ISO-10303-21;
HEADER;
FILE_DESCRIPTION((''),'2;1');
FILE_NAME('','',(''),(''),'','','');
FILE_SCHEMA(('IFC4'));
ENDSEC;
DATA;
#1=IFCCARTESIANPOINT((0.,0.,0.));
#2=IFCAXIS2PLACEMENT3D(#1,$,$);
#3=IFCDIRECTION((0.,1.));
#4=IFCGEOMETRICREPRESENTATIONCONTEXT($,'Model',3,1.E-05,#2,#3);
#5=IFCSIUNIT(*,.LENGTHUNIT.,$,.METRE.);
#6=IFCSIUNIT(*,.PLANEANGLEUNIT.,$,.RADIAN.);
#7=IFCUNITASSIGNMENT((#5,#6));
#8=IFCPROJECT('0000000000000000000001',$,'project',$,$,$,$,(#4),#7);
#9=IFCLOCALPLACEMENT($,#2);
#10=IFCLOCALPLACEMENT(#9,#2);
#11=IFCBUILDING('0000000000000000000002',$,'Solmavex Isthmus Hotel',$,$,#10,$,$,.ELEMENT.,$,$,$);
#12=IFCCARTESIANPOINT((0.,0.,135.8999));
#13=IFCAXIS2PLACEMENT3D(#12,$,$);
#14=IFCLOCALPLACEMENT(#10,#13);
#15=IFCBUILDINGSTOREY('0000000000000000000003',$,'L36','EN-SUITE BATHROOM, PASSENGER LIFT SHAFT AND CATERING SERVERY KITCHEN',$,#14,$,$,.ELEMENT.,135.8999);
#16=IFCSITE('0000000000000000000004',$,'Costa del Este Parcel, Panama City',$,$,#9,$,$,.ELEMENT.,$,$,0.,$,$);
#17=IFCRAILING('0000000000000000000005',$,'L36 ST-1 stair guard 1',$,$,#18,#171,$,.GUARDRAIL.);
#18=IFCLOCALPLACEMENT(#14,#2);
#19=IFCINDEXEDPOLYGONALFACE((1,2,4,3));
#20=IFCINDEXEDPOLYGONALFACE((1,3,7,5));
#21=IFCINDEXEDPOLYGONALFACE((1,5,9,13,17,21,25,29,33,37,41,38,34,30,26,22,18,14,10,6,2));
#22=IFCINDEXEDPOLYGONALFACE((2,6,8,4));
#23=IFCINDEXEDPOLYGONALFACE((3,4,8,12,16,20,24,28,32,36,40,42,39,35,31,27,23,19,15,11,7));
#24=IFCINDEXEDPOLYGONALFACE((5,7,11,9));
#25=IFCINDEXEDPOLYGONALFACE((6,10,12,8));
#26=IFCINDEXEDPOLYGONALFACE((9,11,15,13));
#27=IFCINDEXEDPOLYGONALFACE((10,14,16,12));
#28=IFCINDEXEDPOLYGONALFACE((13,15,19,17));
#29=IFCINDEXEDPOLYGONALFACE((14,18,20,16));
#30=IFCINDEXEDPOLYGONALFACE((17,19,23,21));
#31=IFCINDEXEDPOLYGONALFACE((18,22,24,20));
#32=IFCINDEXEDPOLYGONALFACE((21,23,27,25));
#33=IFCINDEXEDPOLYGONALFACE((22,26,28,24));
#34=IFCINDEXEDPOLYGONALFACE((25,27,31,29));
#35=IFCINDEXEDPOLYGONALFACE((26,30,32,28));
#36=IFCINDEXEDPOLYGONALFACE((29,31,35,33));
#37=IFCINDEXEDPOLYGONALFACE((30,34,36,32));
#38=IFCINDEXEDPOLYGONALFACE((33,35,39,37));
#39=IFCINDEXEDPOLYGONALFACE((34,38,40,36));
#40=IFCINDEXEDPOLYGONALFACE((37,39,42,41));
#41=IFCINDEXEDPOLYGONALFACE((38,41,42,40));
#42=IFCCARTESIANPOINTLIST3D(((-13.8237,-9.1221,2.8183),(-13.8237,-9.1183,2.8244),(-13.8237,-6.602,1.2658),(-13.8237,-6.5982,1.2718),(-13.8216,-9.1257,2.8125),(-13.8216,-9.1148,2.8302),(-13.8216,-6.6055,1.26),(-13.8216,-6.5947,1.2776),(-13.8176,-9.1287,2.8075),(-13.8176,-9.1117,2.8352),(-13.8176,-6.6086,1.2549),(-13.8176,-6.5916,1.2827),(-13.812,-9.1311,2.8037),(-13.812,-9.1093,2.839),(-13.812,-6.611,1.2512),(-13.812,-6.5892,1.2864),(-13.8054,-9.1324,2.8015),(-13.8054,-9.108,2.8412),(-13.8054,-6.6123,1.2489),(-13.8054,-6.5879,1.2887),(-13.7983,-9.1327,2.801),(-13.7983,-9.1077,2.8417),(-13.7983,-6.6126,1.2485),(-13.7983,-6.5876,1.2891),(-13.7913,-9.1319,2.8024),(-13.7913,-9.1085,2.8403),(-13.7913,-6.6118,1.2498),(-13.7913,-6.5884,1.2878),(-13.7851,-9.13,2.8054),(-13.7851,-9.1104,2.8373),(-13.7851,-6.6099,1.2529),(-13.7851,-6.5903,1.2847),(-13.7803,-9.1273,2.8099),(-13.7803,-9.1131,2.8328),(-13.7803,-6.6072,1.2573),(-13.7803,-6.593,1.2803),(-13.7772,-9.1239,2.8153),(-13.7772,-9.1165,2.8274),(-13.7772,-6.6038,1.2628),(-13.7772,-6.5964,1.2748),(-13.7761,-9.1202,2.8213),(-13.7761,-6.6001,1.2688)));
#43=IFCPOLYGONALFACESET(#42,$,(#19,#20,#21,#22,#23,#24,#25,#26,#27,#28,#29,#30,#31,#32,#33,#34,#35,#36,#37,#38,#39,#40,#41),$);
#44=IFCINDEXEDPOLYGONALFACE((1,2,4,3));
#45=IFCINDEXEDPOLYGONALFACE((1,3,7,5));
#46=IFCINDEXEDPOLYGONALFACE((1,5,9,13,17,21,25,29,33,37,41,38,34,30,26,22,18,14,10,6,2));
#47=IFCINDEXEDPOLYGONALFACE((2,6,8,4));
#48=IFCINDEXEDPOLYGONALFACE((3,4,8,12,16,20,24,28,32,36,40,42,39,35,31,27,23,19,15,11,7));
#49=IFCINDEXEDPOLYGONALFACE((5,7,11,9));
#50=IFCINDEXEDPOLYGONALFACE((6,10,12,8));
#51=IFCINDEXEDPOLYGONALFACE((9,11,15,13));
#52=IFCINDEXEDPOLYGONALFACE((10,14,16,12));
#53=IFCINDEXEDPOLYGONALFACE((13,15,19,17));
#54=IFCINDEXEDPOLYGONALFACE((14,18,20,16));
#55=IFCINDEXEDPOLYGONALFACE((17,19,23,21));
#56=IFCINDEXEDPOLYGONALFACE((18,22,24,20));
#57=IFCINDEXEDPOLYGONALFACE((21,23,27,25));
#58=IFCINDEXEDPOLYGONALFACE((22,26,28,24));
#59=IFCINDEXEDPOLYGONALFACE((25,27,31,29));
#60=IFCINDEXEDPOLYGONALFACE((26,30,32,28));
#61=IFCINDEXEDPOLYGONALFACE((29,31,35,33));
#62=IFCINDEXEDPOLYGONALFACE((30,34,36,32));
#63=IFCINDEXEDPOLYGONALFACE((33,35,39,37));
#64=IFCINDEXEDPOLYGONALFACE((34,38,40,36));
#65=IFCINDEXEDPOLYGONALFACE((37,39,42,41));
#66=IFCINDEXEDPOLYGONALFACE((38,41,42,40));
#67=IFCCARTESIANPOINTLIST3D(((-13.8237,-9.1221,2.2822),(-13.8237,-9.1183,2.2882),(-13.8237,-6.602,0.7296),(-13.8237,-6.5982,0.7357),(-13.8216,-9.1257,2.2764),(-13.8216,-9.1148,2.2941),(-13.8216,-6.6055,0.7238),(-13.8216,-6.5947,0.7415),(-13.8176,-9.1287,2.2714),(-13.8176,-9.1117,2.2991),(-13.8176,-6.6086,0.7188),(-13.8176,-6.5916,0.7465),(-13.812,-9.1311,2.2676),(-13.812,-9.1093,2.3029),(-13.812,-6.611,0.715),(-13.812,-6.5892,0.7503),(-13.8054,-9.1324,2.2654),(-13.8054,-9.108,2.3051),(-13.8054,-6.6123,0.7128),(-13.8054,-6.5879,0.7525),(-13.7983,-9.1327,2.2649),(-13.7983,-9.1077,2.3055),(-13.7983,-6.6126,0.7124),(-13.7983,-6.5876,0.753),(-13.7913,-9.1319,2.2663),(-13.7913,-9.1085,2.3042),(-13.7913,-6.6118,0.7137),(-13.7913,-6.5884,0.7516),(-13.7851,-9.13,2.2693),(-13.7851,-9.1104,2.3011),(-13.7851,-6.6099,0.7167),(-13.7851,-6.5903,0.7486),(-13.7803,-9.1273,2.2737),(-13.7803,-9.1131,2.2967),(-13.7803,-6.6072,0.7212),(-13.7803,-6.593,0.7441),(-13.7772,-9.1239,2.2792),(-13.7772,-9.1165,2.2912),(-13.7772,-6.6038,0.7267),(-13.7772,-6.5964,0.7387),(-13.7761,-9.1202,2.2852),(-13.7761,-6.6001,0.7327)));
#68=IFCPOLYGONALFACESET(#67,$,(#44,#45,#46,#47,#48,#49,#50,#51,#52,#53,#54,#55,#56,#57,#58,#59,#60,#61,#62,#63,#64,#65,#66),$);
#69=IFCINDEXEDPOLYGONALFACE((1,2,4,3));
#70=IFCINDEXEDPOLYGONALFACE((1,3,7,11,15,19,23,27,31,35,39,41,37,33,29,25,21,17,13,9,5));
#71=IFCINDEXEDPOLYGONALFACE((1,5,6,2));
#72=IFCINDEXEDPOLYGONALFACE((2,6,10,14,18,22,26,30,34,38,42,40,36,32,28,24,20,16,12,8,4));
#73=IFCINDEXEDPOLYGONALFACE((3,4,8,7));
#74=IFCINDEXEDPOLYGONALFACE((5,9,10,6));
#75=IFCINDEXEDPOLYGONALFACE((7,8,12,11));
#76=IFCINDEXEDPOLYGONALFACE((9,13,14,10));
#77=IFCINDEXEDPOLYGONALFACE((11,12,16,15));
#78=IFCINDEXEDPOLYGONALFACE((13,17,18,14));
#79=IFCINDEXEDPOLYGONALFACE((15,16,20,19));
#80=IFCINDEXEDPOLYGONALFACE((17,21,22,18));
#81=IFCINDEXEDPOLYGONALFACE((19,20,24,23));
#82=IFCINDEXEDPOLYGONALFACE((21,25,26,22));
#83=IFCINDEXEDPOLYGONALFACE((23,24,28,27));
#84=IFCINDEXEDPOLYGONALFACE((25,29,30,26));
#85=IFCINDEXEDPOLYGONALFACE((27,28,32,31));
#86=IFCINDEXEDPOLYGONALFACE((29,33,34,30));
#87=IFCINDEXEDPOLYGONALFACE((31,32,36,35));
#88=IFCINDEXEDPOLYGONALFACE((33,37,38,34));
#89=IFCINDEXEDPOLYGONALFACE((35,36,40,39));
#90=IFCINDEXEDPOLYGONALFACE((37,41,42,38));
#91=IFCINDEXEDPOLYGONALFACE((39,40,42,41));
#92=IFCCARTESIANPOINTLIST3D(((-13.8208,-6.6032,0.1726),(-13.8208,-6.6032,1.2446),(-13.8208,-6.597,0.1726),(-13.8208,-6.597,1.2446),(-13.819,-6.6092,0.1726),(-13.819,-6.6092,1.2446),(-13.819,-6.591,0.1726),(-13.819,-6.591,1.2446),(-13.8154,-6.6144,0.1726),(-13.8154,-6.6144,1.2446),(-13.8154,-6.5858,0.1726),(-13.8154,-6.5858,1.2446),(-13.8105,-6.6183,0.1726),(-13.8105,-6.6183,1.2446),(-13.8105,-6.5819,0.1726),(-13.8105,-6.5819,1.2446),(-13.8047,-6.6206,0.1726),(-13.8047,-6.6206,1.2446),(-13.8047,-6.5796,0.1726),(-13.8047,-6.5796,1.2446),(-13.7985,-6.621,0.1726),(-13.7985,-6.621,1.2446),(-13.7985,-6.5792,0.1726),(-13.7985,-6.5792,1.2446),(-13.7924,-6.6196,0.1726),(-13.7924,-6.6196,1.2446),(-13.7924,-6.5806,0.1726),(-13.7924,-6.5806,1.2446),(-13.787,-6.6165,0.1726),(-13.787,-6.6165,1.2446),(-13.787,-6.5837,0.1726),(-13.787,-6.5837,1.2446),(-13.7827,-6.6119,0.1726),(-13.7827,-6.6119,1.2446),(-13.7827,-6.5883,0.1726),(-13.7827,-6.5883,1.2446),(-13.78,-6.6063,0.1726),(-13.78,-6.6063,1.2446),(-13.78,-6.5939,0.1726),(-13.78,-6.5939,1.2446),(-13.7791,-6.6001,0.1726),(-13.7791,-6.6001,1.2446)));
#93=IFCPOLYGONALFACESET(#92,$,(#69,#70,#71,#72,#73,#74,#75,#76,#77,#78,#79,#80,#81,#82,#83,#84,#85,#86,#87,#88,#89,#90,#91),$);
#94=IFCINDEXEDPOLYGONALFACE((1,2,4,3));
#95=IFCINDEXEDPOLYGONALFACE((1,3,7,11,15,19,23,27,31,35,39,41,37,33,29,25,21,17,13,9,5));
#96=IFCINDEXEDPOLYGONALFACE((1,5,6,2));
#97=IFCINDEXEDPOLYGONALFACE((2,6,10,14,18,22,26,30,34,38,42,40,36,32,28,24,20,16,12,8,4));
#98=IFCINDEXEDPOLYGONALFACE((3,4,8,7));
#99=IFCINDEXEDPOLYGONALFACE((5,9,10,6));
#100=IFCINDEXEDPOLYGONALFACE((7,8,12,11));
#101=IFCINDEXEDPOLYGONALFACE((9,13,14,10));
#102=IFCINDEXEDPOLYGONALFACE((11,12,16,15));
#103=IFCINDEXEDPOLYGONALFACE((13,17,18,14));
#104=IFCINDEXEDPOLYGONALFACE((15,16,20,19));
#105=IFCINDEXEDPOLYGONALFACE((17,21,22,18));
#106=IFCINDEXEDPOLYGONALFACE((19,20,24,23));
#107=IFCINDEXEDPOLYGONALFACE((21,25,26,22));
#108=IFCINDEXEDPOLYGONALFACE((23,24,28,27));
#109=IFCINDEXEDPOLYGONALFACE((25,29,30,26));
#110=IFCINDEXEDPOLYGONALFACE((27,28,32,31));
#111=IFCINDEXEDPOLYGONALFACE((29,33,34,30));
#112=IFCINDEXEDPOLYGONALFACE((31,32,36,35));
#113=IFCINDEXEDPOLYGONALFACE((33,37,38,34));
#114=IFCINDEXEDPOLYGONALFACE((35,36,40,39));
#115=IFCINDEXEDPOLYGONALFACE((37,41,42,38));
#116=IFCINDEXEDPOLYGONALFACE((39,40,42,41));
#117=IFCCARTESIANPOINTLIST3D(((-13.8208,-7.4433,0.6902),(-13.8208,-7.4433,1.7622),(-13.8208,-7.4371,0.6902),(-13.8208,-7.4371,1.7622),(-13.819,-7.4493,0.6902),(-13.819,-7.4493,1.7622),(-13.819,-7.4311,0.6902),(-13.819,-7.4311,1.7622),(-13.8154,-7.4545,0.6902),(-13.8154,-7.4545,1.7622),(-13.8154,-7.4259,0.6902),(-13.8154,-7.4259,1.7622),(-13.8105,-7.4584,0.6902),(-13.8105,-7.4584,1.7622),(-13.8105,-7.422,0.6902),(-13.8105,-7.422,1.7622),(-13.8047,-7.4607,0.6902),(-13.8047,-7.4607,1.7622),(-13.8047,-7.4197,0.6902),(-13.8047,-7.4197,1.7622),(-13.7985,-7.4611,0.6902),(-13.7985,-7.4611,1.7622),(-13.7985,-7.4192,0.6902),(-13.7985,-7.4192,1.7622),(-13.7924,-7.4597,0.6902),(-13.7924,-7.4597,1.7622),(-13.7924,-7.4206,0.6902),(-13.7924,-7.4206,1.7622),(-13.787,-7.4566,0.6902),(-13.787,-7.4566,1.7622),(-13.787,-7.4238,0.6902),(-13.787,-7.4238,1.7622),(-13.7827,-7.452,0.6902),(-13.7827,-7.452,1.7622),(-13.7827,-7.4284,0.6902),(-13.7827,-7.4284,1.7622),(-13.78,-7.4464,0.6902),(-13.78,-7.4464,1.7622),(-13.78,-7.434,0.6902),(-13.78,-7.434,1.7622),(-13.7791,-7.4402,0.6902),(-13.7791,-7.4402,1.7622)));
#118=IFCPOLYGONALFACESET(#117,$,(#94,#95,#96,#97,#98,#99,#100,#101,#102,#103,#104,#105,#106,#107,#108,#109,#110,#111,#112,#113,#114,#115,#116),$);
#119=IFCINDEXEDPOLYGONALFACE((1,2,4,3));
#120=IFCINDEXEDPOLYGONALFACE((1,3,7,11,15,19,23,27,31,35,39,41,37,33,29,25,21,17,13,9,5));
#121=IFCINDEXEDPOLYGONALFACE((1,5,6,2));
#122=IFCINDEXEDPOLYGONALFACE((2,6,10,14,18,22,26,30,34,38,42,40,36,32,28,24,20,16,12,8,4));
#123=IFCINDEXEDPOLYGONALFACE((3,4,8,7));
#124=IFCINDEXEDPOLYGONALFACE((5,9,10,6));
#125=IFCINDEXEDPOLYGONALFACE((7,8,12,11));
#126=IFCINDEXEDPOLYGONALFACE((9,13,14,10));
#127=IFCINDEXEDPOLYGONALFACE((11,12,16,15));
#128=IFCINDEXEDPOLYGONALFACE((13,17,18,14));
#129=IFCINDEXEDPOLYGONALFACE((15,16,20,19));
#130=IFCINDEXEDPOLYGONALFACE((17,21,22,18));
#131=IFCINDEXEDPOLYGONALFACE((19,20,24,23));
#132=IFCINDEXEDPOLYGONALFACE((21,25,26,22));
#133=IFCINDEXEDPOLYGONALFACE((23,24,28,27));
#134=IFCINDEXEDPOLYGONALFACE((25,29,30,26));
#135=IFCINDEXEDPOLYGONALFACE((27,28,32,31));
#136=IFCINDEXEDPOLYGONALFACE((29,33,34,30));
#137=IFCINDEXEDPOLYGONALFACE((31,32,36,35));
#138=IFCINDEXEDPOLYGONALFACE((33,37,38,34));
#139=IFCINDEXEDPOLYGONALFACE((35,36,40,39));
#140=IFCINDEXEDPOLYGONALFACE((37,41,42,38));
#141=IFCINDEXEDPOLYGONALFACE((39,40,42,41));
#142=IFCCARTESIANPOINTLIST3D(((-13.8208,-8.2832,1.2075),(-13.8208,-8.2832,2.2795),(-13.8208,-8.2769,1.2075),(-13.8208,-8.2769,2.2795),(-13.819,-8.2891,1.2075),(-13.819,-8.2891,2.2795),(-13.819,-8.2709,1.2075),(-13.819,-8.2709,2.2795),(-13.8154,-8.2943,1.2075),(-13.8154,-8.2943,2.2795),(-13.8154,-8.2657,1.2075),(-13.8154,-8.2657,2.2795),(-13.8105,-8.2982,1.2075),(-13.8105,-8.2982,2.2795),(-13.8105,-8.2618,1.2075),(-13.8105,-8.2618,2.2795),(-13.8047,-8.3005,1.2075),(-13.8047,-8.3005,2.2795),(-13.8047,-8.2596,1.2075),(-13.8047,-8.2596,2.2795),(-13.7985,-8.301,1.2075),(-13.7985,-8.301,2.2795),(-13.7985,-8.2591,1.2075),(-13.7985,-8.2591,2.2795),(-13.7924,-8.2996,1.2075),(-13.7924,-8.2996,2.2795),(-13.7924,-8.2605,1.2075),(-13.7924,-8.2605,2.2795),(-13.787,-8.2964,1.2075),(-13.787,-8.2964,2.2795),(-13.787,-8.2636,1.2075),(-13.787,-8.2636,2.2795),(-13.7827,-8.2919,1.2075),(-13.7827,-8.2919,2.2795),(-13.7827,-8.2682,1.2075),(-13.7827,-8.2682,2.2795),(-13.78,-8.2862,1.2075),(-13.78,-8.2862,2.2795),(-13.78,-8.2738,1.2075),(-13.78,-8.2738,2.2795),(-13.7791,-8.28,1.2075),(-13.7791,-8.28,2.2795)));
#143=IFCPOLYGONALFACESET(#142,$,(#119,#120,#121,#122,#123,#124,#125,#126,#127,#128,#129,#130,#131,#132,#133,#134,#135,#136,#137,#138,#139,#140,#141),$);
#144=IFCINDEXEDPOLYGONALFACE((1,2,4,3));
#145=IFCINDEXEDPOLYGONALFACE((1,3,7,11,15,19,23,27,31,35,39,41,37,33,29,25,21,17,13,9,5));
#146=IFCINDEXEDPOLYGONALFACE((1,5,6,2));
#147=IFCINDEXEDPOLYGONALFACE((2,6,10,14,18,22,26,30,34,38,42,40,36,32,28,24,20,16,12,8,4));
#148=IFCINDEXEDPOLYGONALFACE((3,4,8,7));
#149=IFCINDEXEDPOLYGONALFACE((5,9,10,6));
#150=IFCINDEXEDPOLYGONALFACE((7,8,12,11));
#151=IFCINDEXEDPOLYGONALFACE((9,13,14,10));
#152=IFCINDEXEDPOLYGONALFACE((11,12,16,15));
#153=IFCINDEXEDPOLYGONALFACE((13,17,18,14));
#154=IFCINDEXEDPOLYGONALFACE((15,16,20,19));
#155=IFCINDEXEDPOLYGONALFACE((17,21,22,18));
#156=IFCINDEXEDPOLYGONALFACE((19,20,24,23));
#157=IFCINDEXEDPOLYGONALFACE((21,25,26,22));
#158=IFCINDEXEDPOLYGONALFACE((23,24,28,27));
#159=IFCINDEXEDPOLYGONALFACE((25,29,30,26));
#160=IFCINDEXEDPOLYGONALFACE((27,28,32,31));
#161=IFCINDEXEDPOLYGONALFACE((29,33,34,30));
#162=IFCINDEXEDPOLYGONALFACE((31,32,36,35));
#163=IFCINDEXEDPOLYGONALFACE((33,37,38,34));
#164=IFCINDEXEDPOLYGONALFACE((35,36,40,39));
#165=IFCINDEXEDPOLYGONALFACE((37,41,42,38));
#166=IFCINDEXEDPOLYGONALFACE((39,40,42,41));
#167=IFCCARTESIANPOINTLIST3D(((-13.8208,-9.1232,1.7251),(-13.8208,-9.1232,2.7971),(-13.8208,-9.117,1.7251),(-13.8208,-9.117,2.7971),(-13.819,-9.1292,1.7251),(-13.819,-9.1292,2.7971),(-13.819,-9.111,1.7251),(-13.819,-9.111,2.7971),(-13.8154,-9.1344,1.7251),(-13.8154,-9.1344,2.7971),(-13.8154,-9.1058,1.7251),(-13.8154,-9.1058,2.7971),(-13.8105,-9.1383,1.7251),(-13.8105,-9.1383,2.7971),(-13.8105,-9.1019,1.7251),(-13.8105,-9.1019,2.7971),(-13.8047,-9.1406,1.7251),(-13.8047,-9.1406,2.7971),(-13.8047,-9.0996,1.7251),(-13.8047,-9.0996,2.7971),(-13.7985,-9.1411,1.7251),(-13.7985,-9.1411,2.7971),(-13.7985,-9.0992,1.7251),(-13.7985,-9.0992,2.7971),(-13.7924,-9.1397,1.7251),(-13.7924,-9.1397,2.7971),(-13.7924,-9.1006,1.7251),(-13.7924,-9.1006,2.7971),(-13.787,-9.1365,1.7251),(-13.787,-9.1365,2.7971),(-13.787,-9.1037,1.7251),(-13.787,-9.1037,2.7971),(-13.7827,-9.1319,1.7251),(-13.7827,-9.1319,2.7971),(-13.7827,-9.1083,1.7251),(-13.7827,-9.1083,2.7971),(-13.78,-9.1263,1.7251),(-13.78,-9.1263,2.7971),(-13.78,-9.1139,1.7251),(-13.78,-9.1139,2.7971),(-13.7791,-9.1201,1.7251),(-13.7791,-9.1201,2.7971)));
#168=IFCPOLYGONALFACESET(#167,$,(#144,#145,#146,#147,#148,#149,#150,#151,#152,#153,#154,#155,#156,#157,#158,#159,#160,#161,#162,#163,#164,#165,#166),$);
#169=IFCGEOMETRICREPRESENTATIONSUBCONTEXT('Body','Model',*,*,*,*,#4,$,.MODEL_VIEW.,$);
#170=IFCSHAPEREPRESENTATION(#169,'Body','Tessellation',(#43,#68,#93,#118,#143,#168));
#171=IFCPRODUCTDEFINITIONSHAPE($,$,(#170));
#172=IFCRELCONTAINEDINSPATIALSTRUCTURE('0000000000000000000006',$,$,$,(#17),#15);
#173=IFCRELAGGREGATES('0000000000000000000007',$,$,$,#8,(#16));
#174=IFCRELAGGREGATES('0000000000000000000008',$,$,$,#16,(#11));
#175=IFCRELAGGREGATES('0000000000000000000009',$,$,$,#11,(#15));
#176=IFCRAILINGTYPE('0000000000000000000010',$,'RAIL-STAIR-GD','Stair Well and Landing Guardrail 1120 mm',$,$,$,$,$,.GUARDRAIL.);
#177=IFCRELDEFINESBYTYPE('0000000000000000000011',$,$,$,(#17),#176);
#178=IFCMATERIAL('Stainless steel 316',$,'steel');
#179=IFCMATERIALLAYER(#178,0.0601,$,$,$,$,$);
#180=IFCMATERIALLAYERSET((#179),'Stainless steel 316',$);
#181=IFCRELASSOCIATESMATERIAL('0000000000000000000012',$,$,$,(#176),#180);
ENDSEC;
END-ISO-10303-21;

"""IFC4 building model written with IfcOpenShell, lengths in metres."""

from ifc_helpers import new_model, si_unit, direction, frame, origin, origin_2d, place, context, subcontext, project, spatial, circle, extrude, material, layer, layer_set, type_object, element, save


model = new_model("IFC4")

# Units and contexts
model_context = context("Model", 3, precision=1e-05, world=origin(), true_north=direction((0.0, 1.0)))
body_context = subcontext(model_context, "Body", "Model", "MODEL_VIEW")
ifc_project = project(units=[si_unit("LENGTHUNIT", "METRE"), si_unit("PLANEANGLEUNIT", "RADIAN")], contexts=[model_context])

# Site, building, storey
site_placement = place(None, origin())
site = spatial("IfcSite", under=ifc_project, at=site_placement, Name="Costa del Este Parcel, Panama City", CompositionType="ELEMENT", RefElevation=0.0)
building_placement = place(site_placement, origin())
building = spatial("IfcBuilding", under=site, at=building_placement, Name="Solmavex Isthmus Hotel", CompositionType="ELEMENT")
storey_placement = place(building_placement, frame((0.0, 0.0, 135.8999)))
storey = spatial("IfcBuildingStorey", under=building, at=storey_placement, Name="L36", Description="EN-SUITE BATHROOM, PASSENGER LIFT SHAFT AND CATERING SERVERY KITCHEN", CompositionType="ELEMENT", Elevation=135.8999)

# Railing
ifc_material_1 = material(Name="Stainless steel 316", Category="steel")
ifc_layer_1 = layer(ifc_material_1, 0.0601)
ifc_layer_set_1 = layer_set([ifc_layer_1], Name="Stainless steel 316")
railing_type_1 = type_object("IfcRailingType", Name="RAIL-STAIR-GD", Description="Stair Well and Landing Guardrail 1120 mm", PredefinedType="GUARDRAIL", material=ifc_layer_set_1)
railing_1_placement = place(storey_placement, frame((-13.8, -6.6001, 0.1726)))
element("IfcRailing", 1, at=railing_1_placement, inside=storey, type_object=railing_type_1, Name="L36 ST-1 stair guard 1", PredefinedType="GUARDRAIL", context=body_context, shape_type="SweptSolid", body=[
    extrude(circle(Radius=0.0239, at=origin_2d()), frame((0.0, 0.0, 1.0962), z_axis=(0.0, -0.8514, 0.524516), x_axis=(1.0, 0.0, 0.0)), (0.0, 0.0, 1.0), 2.96),
    extrude(circle(Radius=0.0239, at=origin_2d()), frame((0.0, 0.0, 0.5601), z_axis=(0.0, -0.8514, 0.524516), x_axis=(1.0, 0.0, 0.0)), (0.0, 0.0, 1.0), 2.96),
    extrude(circle(Radius=0.021, at=origin_2d()), origin(), (0.0, 0.0, 1.0), 1.072),
    extrude(circle(Radius=0.021, at=origin_2d()), frame((0.0, -0.8401, 0.5176)), (0.0, 0.0, 1.0), 1.072),
    extrude(circle(Radius=0.021, at=origin_2d()), frame((0.0, -1.6799, 1.0349)), (0.0, 0.0, 1.0), 1.072),
    extrude(circle(Radius=0.021, at=origin_2d()), frame((0.0, -2.52, 1.5525)), (0.0, 0.0, 1.0), 1.072),
])

save(model, "model.ifc")
